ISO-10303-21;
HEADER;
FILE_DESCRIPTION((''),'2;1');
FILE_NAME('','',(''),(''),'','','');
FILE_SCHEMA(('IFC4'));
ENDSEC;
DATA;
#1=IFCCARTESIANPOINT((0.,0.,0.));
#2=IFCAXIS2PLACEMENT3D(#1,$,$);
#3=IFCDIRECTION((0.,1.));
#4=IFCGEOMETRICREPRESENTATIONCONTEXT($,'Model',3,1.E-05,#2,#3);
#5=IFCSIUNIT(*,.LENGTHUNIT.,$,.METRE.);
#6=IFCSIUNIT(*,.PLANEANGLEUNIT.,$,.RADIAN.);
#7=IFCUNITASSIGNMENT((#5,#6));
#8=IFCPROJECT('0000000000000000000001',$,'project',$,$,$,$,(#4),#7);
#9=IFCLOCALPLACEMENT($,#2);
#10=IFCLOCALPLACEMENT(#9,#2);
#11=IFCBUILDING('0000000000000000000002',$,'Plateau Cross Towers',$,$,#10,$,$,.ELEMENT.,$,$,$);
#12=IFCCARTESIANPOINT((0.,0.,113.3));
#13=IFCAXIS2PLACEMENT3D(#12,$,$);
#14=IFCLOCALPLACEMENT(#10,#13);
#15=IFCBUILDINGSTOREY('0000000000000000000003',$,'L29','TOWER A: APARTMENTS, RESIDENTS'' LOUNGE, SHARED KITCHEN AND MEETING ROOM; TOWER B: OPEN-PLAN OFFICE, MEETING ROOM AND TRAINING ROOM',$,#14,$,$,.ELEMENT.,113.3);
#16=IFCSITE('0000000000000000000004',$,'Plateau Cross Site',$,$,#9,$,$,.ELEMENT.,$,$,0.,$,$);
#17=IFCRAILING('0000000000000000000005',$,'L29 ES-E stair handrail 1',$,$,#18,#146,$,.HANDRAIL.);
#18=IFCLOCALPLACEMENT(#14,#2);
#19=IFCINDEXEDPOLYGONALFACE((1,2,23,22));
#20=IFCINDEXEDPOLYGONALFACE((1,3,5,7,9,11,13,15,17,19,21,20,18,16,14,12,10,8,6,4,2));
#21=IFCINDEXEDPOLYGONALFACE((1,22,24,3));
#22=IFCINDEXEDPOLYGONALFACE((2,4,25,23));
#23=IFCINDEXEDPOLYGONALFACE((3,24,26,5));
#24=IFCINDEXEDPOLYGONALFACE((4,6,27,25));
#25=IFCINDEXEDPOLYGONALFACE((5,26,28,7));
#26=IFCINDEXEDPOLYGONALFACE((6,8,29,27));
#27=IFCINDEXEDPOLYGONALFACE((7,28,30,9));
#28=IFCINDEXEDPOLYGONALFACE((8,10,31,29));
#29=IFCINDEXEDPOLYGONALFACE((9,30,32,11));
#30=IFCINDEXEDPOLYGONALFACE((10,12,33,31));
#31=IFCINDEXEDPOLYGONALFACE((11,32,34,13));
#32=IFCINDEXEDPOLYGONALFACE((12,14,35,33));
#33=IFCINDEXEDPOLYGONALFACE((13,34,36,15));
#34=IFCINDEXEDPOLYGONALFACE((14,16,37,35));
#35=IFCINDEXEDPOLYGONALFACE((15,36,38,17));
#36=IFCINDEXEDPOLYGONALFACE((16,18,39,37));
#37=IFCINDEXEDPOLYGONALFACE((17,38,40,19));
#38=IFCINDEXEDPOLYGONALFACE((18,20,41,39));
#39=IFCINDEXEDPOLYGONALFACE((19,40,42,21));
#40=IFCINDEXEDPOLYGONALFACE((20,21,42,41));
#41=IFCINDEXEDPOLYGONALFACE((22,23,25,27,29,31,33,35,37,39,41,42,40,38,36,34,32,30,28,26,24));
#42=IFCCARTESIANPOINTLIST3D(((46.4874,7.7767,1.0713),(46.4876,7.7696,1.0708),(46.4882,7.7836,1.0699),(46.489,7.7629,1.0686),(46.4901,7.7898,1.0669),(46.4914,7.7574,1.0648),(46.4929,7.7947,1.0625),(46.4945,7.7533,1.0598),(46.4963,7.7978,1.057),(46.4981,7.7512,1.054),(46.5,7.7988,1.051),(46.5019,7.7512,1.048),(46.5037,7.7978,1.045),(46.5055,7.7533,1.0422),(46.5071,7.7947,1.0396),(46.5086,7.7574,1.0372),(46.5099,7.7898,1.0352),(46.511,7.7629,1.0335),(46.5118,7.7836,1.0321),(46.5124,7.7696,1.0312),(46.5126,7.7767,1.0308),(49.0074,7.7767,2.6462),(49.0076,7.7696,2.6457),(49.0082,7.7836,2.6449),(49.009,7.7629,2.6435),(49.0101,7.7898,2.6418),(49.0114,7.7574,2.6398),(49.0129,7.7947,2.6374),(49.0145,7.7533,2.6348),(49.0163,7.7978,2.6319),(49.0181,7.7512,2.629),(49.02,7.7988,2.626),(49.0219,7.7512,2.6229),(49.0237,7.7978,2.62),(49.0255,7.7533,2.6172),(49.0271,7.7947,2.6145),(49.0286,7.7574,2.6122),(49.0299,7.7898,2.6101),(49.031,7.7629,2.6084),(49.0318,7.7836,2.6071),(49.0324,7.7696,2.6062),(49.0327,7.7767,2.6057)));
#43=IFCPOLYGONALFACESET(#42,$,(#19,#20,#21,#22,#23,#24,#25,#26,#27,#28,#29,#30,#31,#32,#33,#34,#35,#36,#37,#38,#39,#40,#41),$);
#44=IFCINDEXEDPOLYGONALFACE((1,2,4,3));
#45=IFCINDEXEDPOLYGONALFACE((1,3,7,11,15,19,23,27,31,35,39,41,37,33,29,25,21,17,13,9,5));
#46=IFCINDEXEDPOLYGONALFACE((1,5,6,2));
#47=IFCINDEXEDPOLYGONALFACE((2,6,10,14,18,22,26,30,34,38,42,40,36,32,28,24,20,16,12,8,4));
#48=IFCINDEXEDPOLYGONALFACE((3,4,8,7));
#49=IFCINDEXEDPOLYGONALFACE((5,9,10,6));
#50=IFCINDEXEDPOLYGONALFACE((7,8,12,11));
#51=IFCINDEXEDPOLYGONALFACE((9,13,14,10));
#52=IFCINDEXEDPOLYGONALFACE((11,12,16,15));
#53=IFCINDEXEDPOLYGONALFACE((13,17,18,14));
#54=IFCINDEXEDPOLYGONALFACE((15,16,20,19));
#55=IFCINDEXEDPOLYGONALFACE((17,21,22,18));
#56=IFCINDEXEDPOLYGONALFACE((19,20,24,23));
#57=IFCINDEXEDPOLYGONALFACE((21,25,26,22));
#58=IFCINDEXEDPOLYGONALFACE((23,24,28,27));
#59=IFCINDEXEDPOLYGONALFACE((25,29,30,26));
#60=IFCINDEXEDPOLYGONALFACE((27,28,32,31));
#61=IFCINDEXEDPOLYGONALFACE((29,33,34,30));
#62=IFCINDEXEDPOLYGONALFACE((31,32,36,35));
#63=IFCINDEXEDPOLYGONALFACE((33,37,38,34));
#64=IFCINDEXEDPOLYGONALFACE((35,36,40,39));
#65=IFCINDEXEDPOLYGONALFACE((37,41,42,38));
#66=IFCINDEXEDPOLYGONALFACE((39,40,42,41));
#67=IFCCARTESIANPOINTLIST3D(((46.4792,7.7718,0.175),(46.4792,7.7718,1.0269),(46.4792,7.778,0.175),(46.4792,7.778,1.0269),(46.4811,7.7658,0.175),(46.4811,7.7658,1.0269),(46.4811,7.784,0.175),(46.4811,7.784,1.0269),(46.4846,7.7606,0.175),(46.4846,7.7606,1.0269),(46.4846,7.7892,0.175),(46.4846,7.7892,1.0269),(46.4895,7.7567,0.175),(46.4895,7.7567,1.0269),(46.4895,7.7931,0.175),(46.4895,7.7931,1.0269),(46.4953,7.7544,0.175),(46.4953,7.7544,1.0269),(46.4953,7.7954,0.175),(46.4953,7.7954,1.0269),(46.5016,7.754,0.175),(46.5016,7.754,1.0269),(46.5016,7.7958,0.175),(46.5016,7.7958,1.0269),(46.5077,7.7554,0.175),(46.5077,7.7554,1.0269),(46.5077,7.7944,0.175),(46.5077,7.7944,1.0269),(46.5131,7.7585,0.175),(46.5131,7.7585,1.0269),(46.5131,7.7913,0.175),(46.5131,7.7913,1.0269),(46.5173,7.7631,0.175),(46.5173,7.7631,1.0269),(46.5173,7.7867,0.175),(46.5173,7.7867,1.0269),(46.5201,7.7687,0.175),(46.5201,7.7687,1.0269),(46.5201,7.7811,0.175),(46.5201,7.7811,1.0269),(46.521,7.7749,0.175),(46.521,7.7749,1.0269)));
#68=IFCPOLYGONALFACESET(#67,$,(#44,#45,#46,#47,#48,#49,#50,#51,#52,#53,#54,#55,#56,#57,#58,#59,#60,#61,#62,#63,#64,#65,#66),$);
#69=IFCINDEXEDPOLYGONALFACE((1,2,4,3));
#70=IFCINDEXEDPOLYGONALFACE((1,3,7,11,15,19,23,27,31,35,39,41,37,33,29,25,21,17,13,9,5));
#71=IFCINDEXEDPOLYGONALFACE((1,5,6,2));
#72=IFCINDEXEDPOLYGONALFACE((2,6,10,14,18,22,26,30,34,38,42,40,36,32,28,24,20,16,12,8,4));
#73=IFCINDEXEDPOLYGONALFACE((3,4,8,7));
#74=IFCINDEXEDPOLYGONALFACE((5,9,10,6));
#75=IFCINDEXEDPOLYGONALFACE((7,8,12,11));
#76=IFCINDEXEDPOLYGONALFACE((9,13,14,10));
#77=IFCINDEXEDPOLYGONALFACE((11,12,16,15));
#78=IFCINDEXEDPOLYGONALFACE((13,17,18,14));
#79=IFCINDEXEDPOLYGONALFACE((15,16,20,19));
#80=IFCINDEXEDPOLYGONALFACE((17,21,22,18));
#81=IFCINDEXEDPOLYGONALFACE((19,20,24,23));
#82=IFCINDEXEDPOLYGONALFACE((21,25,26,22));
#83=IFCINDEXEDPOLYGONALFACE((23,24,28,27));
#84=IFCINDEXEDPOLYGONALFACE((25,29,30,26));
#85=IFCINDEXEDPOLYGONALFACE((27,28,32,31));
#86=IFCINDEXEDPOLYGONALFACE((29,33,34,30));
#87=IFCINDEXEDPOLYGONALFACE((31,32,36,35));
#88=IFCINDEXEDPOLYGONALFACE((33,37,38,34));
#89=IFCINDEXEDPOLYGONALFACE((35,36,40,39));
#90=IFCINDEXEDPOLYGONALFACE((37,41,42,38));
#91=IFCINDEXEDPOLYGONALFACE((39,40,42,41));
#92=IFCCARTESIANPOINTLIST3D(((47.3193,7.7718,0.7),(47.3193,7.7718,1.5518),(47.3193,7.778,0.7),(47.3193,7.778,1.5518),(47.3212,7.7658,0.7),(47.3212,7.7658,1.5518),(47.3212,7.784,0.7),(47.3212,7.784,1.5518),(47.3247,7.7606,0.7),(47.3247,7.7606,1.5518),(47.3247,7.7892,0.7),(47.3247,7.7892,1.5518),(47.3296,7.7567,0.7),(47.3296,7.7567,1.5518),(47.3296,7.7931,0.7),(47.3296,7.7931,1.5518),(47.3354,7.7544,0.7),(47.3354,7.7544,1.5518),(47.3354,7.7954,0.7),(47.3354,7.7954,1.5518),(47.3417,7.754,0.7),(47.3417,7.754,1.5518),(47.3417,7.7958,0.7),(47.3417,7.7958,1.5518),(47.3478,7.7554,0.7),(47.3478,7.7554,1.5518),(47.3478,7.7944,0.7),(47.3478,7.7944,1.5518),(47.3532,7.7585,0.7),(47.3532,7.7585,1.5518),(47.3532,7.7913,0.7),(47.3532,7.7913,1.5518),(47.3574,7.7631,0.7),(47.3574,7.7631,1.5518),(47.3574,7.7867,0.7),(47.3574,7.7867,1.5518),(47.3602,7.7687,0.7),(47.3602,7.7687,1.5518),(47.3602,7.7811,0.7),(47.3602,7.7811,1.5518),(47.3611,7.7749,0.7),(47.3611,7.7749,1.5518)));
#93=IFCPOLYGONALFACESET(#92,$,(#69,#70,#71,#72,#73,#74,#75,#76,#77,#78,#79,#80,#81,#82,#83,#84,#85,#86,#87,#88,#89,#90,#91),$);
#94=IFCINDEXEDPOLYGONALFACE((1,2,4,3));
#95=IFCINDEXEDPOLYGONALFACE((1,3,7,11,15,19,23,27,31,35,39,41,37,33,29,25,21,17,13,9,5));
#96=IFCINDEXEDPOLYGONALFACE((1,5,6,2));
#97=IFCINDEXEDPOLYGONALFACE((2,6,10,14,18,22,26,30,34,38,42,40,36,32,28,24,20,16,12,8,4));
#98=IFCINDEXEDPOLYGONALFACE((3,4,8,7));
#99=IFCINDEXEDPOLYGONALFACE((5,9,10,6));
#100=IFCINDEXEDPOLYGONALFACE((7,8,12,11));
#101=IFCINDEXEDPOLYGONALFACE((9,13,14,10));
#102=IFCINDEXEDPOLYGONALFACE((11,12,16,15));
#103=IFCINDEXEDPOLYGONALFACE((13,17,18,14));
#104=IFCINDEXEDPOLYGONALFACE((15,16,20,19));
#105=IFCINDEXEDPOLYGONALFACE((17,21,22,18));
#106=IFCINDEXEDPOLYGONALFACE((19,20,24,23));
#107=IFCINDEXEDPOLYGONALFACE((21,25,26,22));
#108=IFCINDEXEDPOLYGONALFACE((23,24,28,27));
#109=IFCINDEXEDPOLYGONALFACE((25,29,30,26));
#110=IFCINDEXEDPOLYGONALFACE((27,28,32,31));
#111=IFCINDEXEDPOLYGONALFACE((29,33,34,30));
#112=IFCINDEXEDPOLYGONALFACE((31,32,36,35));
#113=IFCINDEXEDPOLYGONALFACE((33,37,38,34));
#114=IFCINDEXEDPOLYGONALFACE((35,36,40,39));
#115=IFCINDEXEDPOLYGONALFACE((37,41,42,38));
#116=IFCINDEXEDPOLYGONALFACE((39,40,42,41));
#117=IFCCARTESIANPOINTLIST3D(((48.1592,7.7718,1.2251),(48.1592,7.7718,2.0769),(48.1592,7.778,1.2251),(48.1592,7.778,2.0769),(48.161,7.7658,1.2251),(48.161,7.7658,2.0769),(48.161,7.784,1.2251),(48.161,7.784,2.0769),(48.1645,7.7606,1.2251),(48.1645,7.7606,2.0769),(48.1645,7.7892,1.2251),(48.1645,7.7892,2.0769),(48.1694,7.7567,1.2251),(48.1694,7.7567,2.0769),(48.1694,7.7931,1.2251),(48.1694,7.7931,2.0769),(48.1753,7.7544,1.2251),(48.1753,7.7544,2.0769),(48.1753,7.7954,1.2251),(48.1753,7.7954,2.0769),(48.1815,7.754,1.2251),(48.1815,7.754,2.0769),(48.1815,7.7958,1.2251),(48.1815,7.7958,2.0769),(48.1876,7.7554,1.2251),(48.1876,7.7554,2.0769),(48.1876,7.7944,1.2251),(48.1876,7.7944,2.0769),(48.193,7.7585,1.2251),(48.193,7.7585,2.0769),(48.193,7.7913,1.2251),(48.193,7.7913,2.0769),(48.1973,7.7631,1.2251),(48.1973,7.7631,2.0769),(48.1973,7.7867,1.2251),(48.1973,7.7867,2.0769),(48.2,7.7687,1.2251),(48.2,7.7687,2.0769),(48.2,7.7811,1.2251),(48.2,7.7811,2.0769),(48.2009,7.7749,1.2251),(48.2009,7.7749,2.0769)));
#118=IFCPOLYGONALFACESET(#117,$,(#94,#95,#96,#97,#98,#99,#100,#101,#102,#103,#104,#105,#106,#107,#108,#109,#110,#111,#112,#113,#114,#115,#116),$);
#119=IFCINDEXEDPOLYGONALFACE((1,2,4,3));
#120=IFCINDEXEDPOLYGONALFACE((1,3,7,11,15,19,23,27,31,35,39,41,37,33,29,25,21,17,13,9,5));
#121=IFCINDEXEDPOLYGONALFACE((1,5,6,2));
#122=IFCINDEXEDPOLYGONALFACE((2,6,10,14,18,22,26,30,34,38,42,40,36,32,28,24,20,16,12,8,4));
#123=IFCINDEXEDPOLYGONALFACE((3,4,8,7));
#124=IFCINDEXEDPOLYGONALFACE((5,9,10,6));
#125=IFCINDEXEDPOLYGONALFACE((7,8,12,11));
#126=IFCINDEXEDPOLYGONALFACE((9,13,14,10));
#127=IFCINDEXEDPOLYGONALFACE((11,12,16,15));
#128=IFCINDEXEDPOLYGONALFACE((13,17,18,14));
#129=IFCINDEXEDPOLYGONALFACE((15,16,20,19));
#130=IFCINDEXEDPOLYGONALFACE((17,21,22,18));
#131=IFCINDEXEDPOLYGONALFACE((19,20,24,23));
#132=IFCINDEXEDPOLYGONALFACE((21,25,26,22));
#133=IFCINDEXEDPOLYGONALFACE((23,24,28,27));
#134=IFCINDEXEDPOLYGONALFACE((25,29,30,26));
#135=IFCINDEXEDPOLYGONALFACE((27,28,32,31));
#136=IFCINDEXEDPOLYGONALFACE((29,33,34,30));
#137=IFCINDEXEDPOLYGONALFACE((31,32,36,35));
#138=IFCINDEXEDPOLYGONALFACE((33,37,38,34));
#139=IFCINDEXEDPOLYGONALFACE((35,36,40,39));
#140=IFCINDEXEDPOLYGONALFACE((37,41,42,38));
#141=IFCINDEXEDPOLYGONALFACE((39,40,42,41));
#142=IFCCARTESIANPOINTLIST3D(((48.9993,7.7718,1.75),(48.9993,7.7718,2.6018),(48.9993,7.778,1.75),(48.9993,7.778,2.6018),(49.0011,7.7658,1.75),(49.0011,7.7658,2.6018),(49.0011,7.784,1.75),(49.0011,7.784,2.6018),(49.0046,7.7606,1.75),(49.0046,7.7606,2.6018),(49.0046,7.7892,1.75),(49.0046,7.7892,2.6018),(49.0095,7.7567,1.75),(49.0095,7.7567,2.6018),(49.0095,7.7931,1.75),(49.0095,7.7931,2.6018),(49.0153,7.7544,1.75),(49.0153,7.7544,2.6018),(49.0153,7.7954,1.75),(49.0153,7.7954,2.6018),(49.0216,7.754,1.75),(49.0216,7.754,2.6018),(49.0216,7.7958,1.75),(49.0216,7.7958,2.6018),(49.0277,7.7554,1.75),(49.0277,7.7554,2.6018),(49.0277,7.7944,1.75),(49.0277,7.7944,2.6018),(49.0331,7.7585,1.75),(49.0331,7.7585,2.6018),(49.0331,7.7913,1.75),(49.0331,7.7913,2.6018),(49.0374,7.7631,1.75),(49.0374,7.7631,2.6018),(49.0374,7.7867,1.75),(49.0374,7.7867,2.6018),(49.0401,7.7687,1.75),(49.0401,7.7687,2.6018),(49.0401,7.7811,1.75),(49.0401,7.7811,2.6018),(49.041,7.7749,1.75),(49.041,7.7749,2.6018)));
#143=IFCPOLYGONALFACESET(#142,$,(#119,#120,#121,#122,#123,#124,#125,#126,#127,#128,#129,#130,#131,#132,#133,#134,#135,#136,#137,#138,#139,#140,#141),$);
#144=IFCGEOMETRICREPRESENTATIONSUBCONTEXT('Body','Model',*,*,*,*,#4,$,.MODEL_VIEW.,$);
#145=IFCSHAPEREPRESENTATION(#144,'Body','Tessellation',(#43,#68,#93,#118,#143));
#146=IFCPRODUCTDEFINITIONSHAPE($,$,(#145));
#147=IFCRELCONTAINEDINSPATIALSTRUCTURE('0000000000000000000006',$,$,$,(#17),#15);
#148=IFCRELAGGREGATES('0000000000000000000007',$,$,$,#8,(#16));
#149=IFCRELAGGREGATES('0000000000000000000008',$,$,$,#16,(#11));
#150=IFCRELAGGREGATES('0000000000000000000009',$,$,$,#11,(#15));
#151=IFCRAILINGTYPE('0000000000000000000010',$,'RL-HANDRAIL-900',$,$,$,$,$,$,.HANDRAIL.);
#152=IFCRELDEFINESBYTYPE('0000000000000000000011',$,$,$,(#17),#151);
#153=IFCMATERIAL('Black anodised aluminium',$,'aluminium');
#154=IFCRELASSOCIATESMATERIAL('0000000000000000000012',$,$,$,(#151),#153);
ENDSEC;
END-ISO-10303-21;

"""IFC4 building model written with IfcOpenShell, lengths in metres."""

from ifc_helpers import new_model, si_unit, direction, frame, origin, origin_2d, place, context, subcontext, project, spatial, circle, extrude, material, type_object, element, save


model = new_model("IFC4")

# Units and contexts
model_context = context("Model", 3, precision=1e-05, world=origin(), true_north=direction((0.0, 1.0)))
body_context = subcontext(model_context, "Body", "Model", "MODEL_VIEW")
ifc_project = project(units=[si_unit("LENGTHUNIT", "METRE"), si_unit("PLANEANGLEUNIT", "RADIAN")], contexts=[model_context])

# Site, building, storey
site_placement = place(None, origin())
site = spatial("IfcSite", under=ifc_project, at=site_placement, Name="Plateau Cross Site", CompositionType="ELEMENT", RefElevation=0.0)
building_placement = place(site_placement, origin())
building = spatial("IfcBuilding", under=site, at=building_placement, Name="Plateau Cross Towers", CompositionType="ELEMENT")
storey_placement = place(building_placement, frame((0.0, 0.0, 113.3)))
storey = spatial("IfcBuildingStorey", under=building, at=storey_placement, Name="L29", Description="TOWER A: APARTMENTS, RESIDENTS' LOUNGE, SHARED KITCHEN AND MEETING ROOM; TOWER B: OPEN-PLAN OFFICE, MEETING ROOM AND TRAINING ROOM", CompositionType="ELEMENT", Elevation=113.3)

# Shared definitions
ifc_material_1 = material(Name="Black anodised aluminium", Category="aluminium")

# Railing
railing_type_1 = type_object("IfcRailingType", Name="RL-HANDRAIL-900", PredefinedType="HANDRAIL", material=ifc_material_1)
railing_1_placement = place(storey_placement, frame((46.5, 7.7749, 0.175)))
element("IfcRailing", 1, at=railing_1_placement, inside=storey, type_object=railing_type_1, Name="L29 ES-E stair handrail 1", PredefinedType="HANDRAIL", context=body_context, shape_type="SweptSolid", body=[
    extrude(circle(Radius=0.0239, at=origin_2d()), frame((0.0, 0.0, 0.876), z_axis=(0.848008, 0.0, 0.529984), x_axis=(0.0, 1.0, 0.0)), (0.0, 0.0, 1.0), 2.9717),
    extrude(circle(Radius=0.021, at=origin_2d()), origin(), (0.0, 0.0, 1.0), 0.8518),
    extrude(circle(Radius=0.021, at=origin_2d()), frame((0.8401, 0.0, 0.5249)), (0.0, 0.0, 1.0), 0.8518),
    extrude(circle(Radius=0.021, at=origin_2d()), frame((1.6799, 0.0, 1.05)), (0.0, 0.0, 1.0), 0.8518),
    extrude(circle(Radius=0.021, at=origin_2d()), frame((2.52, 0.0, 1.575)), (0.0, 0.0, 1.0), 0.8518),
])

save(model, "model.ifc")
